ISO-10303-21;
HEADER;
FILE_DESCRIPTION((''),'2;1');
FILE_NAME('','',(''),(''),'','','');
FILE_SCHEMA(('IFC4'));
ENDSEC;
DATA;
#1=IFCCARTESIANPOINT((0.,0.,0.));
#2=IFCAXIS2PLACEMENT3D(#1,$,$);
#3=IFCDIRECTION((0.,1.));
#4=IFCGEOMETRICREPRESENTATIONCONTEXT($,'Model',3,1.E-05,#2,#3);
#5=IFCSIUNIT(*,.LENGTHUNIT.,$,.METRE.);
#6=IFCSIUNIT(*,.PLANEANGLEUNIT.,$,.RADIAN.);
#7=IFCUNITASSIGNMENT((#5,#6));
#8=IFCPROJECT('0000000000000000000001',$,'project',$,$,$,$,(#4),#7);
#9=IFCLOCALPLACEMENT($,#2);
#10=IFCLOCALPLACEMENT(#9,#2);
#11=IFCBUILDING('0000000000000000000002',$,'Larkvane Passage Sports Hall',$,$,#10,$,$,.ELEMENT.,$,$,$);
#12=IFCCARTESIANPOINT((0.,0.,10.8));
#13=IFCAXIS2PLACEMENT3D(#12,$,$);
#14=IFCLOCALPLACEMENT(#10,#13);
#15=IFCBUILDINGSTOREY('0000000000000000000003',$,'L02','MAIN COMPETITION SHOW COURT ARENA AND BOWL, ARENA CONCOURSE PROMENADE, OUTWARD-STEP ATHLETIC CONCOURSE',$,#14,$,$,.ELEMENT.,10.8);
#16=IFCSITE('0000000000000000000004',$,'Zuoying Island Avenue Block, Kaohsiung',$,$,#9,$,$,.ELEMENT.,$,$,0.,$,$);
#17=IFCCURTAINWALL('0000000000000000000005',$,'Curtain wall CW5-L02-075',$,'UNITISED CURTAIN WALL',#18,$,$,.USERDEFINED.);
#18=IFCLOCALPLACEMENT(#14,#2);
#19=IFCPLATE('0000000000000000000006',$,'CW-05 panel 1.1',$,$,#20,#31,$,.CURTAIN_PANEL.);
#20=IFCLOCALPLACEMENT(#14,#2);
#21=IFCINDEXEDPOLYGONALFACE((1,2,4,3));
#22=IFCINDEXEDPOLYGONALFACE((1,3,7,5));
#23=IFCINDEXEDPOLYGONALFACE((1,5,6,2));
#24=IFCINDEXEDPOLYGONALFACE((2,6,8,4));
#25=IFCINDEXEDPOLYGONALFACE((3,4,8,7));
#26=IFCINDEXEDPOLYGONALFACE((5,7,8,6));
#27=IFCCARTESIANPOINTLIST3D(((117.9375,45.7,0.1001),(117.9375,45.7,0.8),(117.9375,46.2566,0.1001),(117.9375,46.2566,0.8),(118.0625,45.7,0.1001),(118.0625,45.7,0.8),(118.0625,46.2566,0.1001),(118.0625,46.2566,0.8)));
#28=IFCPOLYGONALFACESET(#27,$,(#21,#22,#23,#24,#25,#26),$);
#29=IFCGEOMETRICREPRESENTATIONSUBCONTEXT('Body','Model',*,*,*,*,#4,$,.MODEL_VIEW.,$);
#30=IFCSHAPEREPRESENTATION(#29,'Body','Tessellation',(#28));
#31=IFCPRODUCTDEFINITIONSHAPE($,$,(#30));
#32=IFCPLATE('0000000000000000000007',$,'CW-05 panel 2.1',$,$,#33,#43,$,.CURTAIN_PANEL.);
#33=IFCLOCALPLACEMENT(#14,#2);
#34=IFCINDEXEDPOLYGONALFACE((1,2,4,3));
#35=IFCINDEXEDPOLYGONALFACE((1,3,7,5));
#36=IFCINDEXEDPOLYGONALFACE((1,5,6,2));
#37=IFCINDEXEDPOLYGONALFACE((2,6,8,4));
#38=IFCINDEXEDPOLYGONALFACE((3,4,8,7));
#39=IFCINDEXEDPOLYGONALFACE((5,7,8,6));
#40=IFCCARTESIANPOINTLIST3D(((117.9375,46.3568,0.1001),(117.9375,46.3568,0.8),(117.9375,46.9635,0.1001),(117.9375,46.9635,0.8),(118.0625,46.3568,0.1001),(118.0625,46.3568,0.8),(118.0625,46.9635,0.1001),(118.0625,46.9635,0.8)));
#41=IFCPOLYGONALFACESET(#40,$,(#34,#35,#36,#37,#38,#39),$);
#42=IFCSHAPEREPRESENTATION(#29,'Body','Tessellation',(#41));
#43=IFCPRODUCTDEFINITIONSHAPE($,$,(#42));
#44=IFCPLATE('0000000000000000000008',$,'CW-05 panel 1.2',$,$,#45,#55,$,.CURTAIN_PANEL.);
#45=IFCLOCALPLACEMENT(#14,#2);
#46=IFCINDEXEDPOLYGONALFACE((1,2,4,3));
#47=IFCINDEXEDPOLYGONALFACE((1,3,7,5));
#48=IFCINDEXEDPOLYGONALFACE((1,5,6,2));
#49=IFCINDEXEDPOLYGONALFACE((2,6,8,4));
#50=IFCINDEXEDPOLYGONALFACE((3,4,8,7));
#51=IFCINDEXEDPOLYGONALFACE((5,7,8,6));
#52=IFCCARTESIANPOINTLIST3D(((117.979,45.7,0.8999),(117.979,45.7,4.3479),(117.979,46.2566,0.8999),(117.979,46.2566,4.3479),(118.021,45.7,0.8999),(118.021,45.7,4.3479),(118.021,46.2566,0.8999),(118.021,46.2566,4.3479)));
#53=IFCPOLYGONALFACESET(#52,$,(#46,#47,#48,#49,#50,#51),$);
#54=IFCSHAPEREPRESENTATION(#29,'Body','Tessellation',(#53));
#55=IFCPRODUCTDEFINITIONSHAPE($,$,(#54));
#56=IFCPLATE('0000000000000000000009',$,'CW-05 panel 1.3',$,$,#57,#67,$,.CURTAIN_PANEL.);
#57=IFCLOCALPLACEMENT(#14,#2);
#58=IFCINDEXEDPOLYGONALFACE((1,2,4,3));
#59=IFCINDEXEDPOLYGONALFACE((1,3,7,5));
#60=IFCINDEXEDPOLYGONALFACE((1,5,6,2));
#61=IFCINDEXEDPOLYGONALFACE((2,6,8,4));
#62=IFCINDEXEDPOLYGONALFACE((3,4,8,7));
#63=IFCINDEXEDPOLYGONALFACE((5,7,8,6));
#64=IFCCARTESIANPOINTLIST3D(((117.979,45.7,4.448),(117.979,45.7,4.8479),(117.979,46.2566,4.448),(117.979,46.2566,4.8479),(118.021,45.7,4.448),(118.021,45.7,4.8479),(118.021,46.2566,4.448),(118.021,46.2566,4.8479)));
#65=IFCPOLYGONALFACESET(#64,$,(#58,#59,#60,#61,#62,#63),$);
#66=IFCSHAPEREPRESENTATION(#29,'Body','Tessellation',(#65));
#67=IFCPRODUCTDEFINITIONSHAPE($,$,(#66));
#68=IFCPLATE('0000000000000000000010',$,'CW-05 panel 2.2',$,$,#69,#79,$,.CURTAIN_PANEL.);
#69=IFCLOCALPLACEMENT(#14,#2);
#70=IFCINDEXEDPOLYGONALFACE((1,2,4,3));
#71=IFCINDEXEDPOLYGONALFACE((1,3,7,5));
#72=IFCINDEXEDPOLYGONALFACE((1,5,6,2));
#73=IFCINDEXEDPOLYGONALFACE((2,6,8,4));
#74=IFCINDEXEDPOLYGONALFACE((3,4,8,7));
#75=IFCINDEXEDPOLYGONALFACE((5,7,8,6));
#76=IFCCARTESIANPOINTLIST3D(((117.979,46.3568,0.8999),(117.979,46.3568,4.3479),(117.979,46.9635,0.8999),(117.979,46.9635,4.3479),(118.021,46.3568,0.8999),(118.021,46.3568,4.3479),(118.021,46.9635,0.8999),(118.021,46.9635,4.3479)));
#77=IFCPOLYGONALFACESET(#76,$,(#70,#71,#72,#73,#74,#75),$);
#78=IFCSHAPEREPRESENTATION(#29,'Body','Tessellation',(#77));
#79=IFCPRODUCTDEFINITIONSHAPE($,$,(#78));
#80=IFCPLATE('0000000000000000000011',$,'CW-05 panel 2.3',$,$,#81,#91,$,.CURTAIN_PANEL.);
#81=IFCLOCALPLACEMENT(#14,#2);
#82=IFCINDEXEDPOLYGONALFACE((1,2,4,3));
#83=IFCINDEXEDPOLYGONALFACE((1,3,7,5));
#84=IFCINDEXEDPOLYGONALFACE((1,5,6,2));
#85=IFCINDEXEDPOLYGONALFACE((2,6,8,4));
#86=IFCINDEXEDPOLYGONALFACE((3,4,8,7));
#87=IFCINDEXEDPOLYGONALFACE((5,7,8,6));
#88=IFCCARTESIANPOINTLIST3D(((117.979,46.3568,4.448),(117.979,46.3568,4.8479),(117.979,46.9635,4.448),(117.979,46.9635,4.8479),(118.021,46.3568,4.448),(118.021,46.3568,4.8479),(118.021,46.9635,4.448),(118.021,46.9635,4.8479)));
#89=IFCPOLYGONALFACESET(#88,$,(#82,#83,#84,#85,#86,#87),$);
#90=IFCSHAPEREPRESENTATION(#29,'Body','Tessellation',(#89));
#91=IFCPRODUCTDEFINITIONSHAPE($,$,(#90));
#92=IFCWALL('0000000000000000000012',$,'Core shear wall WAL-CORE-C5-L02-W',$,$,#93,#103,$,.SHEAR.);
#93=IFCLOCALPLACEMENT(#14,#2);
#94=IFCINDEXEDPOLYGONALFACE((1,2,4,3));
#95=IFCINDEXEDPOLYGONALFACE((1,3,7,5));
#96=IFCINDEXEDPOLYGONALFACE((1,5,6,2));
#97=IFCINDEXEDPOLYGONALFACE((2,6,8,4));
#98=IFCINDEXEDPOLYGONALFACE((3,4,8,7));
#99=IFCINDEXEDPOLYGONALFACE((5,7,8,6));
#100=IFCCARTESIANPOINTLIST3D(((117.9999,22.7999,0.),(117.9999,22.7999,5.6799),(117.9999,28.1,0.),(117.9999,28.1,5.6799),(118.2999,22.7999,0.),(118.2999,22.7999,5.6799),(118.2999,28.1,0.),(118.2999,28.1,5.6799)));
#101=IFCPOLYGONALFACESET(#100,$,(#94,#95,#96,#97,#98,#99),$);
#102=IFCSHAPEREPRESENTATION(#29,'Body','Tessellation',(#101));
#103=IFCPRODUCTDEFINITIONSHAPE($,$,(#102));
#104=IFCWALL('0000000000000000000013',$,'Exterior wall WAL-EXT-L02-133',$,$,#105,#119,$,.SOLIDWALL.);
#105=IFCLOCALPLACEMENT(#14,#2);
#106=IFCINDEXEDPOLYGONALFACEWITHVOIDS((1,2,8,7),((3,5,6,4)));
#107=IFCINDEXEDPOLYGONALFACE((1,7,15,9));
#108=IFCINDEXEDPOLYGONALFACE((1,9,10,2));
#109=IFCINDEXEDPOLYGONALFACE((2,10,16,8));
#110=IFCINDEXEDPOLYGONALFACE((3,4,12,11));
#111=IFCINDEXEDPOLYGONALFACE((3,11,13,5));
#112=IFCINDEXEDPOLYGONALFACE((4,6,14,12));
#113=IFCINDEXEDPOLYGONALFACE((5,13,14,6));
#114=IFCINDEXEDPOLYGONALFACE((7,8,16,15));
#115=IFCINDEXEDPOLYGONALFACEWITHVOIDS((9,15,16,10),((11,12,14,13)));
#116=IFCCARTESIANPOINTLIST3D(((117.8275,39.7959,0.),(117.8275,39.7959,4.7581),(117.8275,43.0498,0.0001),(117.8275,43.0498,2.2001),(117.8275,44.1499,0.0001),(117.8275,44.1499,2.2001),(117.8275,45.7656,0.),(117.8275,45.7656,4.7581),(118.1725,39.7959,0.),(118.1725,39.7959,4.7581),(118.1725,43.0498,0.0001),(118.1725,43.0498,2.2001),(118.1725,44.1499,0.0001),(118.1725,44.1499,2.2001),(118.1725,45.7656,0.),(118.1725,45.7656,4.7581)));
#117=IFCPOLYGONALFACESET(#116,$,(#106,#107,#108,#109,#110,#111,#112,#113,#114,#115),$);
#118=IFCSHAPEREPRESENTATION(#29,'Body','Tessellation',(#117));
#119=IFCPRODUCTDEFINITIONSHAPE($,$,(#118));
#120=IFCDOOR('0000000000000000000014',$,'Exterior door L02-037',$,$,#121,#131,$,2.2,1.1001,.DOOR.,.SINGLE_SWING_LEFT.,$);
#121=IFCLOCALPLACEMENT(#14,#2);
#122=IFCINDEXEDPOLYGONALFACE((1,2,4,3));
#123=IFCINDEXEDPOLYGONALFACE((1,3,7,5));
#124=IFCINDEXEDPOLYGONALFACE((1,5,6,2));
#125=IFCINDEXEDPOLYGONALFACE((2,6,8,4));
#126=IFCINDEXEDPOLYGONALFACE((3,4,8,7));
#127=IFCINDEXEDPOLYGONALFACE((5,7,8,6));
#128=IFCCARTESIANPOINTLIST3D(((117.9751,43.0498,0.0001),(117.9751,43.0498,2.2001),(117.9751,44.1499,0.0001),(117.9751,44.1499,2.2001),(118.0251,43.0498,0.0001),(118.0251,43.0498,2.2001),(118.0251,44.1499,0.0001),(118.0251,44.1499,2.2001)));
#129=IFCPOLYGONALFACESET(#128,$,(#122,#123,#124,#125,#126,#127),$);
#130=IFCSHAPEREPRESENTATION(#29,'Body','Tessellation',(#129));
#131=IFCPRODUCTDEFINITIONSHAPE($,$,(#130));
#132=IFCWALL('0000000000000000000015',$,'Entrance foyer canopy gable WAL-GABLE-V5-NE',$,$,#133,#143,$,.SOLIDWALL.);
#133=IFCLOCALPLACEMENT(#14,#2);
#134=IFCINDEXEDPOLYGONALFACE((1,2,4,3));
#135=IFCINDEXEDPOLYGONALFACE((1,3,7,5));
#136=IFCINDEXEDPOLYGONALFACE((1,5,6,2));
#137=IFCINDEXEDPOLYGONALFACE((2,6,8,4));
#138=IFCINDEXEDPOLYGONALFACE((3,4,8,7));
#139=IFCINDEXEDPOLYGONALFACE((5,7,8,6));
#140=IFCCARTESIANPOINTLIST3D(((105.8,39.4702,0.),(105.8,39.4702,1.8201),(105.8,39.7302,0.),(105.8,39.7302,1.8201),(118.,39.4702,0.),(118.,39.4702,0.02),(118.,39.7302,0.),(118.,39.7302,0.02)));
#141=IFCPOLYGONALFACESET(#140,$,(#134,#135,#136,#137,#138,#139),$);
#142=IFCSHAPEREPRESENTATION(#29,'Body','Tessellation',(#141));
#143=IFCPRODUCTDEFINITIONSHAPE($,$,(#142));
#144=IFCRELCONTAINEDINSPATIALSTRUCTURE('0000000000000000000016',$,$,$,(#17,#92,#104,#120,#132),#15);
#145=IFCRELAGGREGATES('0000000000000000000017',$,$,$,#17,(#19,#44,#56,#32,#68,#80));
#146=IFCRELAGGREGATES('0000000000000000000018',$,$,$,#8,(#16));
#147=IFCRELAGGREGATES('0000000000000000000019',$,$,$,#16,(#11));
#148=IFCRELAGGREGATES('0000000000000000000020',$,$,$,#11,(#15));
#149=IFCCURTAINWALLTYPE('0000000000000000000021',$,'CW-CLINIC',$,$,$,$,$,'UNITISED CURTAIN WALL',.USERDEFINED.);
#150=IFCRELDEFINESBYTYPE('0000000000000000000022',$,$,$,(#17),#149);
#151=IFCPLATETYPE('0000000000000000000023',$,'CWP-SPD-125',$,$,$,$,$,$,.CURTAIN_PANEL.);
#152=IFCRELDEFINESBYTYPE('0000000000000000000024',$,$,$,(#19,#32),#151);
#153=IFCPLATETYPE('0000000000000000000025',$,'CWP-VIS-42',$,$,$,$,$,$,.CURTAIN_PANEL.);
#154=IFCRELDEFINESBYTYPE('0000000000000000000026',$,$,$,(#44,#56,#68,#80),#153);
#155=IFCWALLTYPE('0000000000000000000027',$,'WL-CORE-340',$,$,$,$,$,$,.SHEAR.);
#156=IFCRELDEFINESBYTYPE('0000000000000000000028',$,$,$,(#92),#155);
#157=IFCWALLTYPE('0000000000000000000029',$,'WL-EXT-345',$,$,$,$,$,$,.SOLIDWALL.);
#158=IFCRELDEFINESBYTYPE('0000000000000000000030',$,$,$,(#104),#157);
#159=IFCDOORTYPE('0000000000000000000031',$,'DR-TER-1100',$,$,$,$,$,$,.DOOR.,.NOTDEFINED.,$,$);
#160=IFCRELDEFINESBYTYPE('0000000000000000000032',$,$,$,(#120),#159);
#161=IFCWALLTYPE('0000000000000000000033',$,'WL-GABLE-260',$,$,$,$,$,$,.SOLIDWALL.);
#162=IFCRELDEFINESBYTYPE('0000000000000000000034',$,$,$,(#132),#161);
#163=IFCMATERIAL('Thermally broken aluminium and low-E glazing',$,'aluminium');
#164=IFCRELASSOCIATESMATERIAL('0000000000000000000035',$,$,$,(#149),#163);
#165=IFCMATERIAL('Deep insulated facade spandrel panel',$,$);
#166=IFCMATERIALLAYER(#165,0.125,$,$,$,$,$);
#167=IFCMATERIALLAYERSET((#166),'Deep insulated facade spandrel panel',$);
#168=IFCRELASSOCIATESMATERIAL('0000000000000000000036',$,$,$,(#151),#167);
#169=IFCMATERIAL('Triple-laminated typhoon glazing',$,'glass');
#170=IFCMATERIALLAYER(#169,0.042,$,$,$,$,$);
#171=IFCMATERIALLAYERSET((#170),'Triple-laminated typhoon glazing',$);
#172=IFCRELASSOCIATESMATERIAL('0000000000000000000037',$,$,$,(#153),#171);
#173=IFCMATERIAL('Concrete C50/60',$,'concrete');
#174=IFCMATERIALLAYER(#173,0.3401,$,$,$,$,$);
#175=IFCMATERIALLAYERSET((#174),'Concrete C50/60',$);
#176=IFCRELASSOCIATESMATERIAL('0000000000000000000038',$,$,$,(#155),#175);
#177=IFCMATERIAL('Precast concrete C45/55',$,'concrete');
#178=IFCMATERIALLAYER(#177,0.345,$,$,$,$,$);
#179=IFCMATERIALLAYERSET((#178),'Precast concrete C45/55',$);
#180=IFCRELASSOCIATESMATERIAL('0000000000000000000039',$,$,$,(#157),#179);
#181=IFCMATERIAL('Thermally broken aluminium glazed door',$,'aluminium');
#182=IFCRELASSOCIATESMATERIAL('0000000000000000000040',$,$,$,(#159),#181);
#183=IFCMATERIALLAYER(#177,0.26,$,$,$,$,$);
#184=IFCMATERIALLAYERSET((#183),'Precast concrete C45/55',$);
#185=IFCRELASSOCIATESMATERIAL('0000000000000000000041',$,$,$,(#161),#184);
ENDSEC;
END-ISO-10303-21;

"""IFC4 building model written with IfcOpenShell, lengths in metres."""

from ifc_helpers import new_model, si_unit, direction, frame, frame_2d, origin, origin_2d, place, context, subcontext, project, spatial, polyline, rectangle, outline, extrude, material, layer, layer_set, type_object, element, fill, aggregate, save


model = new_model("IFC4")

# Units and contexts
model_context = context("Model", 3, precision=1e-05, world=origin(), true_north=direction((0.0, 1.0)))
body_context = subcontext(model_context, "Body", "Model", "MODEL_VIEW")
ifc_project = project(units=[si_unit("LENGTHUNIT", "METRE"), si_unit("PLANEANGLEUNIT", "RADIAN")], contexts=[model_context])

# Site, building, storey
site_placement = place(None, origin())
site = spatial("IfcSite", under=ifc_project, at=site_placement, Name="Zuoying Island Avenue Block, Kaohsiung", CompositionType="ELEMENT", RefElevation=0.0)
building_placement = place(site_placement, origin())
building = spatial("IfcBuilding", under=site, at=building_placement, Name="Larkvane Passage Sports Hall", CompositionType="ELEMENT")
storey_placement = place(building_placement, frame((0.0, 0.0, 10.8)))
storey = spatial("IfcBuildingStorey", under=building, at=storey_placement, Name="L02", Description="MAIN COMPETITION SHOW COURT ARENA AND BOWL, ARENA CONCOURSE PROMENADE, OUTWARD-STEP ATHLETIC CONCOURSE", CompositionType="ELEMENT", Elevation=10.8)

# Curtain wall
ifc_material_1 = material(Name="Thermally broken aluminium and low-E glazing", Category="aluminium")
curtain_wall_type_1 = type_object("IfcCurtainWallType", Name="CW-CLINIC", ElementType="UNITISED CURTAIN WALL", PredefinedType="USERDEFINED", material=ifc_material_1)
curtain_wall_1_placement = place(storey_placement, origin())
curtain_wall_1 = element("IfcCurtainWall", 1, at=curtain_wall_1_placement, inside=storey, type_object=curtain_wall_type_1, Name="Curtain wall CW5-L02-075", ObjectType="UNITISED CURTAIN WALL", PredefinedType="USERDEFINED")

# Plates
ifc_material_2 = material(Name="Deep insulated facade spandrel panel")
ifc_layer_1 = layer(ifc_material_2, 0.125)
ifc_layer_set_1 = layer_set([ifc_layer_1], Name="Deep insulated facade spandrel panel")
plate_type_1 = type_object("IfcPlateType", Name="CWP-SPD-125", PredefinedType="CURTAIN_PANEL", material=ifc_layer_set_1)
plate_1_placement = place(storey_placement, frame((118.0, 45.9783, 0.1001), z_axis=(0.0, 0.0, 1.0), x_axis=(0.0, 1.0, 0.0)))
plate_1 = element("IfcPlate", 2, at=plate_1_placement, type_object=plate_type_1, Name="CW-05 panel 1.1", PredefinedType="CURTAIN_PANEL", context=body_context, shape_type="SweptSolid", body=[
    extrude(rectangle(XDim=0.5566, YDim=0.125, at=origin_2d()), origin(), (0.0, 0.0, 1.0), 0.7),
])
plate_2_placement = place(storey_placement, frame((118.0, 46.6602, 0.1001), z_axis=(0.0, 0.0, 1.0), x_axis=(0.0, 1.0, 0.0)))
plate_2 = element("IfcPlate", 3, at=plate_2_placement, type_object=plate_type_1, Name="CW-05 panel 2.1", PredefinedType="CURTAIN_PANEL", context=body_context, shape_type="SweptSolid", body=[
    extrude(rectangle(XDim=0.6067, YDim=0.125, at=origin_2d()), origin(), (0.0, 0.0, 1.0), 0.7),
])
ifc_material_3 = material(Name="Triple-laminated typhoon glazing", Category="glass")
ifc_layer_2 = layer(ifc_material_3, 0.042)
ifc_layer_set_2 = layer_set([ifc_layer_2], Name="Triple-laminated typhoon glazing")
plate_type_2 = type_object("IfcPlateType", Name="CWP-VIS-42", PredefinedType="CURTAIN_PANEL", material=ifc_layer_set_2)
plate_3_placement = place(storey_placement, frame((118.0, 45.9783, 0.8999), z_axis=(0.0, 0.0, 1.0), x_axis=(0.0, 1.0, 0.0)))
plate_3 = element("IfcPlate", 4, at=plate_3_placement, type_object=plate_type_2, Name="CW-05 panel 1.2", PredefinedType="CURTAIN_PANEL", context=body_context, shape_type="SweptSolid", body=[
    extrude(rectangle(XDim=0.5566, YDim=0.042, at=origin_2d()), origin(), (0.0, 0.0, 1.0), 3.448),
])
plate_4_placement = place(storey_placement, frame((118.0, 45.9783, 4.448), z_axis=(0.0, 0.0, 1.0), x_axis=(0.0, 1.0, 0.0)))
plate_4 = element("IfcPlate", 5, at=plate_4_placement, type_object=plate_type_2, Name="CW-05 panel 1.3", PredefinedType="CURTAIN_PANEL", context=body_context, shape_type="SweptSolid", body=[
    extrude(rectangle(XDim=0.5566, YDim=0.042, at=origin_2d()), origin(), (0.0, 0.0, 1.0), 0.3999),
])
plate_5_placement = place(storey_placement, frame((118.0, 46.6602, 0.8999), z_axis=(0.0, 0.0, 1.0), x_axis=(0.0, 1.0, 0.0)))
plate_5 = element("IfcPlate", 6, at=plate_5_placement, type_object=plate_type_2, Name="CW-05 panel 2.2", PredefinedType="CURTAIN_PANEL", context=body_context, shape_type="SweptSolid", body=[
    extrude(rectangle(XDim=0.6067, YDim=0.042, at=origin_2d()), origin(), (0.0, 0.0, 1.0), 3.448),
])
plate_6_placement = place(storey_placement, frame((118.0, 46.6602, 4.448), z_axis=(0.0, 0.0, 1.0), x_axis=(0.0, 1.0, 0.0)))
plate_6 = element("IfcPlate", 7, at=plate_6_placement, type_object=plate_type_2, Name="CW-05 panel 2.3", PredefinedType="CURTAIN_PANEL", context=body_context, shape_type="SweptSolid", body=[
    extrude(rectangle(XDim=0.6067, YDim=0.042, at=origin_2d()), origin(), (0.0, 0.0, 1.0), 0.3999),
])
aggregate(curtain_wall_1, [plate_1, plate_3, plate_4, plate_2, plate_5, plate_6])

# Wall
ifc_material_4 = material(Name="Concrete C50/60", Category="concrete")
ifc_layer_3 = layer(ifc_material_4, 0.3401)
ifc_layer_set_3 = layer_set([ifc_layer_3], Name="Concrete C50/60")
wall_type_1 = type_object("IfcWallType", Name="WL-CORE-340", PredefinedType="SHEAR", material=ifc_layer_set_3)
wall_1_placement = place(storey_placement, frame((118.1499, 22.8, 0.0), z_axis=(0.0, 0.0, 1.0), x_axis=(0.0, 1.0, 0.0)))
element("IfcWall", 8, at=wall_1_placement, inside=storey, type_object=wall_type_1, Name="Core shear wall WAL-CORE-C5-L02-W", PredefinedType="SHEAR", context=body_context, shape_type="SweptSolid", body=[
    extrude(rectangle(XDim=5.3, YDim=0.3, at=frame_2d((2.6499, 0.0))), origin(), (0.0, 0.0, 1.0), 5.6799),
])

# Wall, opening, door
ifc_material_5 = material(Name="Precast concrete C45/55", Category="concrete")
ifc_layer_4 = layer(ifc_material_5, 0.345)
ifc_layer_set_4 = layer_set([ifc_layer_4], Name="Precast concrete C45/55")
wall_type_2 = type_object("IfcWallType", Name="WL-EXT-345", PredefinedType="SOLIDWALL", material=ifc_layer_set_4)
wall_2_placement = place(storey_placement, frame((118.0, 39.7959, 0.0), z_axis=(0.0, 0.0, 1.0), x_axis=(0.0, 1.0, 0.0)))
wall_2 = element("IfcWall", 9, at=wall_2_placement, inside=storey, type_object=wall_type_2, Name="Exterior wall WAL-EXT-L02-133", PredefinedType="SOLIDWALL", context=body_context, shape_type="SweptSolid", body=[
    extrude(rectangle(XDim=5.9697, YDim=0.345, at=frame_2d((2.9849, 0.0))), origin(), (0.0, 0.0, 1.0), 4.7581),
])
opening_placement = place(wall_2_placement, frame((3.2539, 0.0, 0.0)))
opening = element("IfcOpeningElement", 10, at=opening_placement, cuts=wall_2, PredefinedType="OPENING", context=body_context, shape_type="SweptSolid", body=[
    extrude(rectangle(XDim=1.1001, YDim=2.2, at=frame_2d((0.55, 1.1001))), frame((0.0, 0.1824, 0.0), z_axis=(0.0, -1.0, 0.0), x_axis=(1.0, 0.0, 0.0)), (0.0, 0.0, 1.0), 0.365),
])
ifc_material_6 = material(Name="Thermally broken aluminium glazed door", Category="aluminium")
door_type = type_object("IfcDoorType", Name="DR-TER-1100", OperationType="NOTDEFINED", PredefinedType="DOOR", material=ifc_material_6)
door_placement = place(opening_placement, origin())
door = element("IfcDoor", 11, at=door_placement, inside=storey, type_object=door_type, Name="Exterior door L02-037", OperationType="SINGLE_SWING_LEFT", OverallHeight=2.2, OverallWidth=1.1001, PredefinedType="DOOR", context=body_context, shape_type="SweptSolid", body=[
    extrude(rectangle(XDim=1.1001, YDim=2.2, at=frame_2d((0.55, 1.1001))), frame((0.0, 0.0249, 0.0), z_axis=(0.0, -1.0, 0.0), x_axis=(1.0, 0.0, 0.0)), (0.0, 0.0, 1.0), 0.05),
])
fill(opening, door)

# Wall
ifc_layer_5 = layer(ifc_material_5, 0.26)
ifc_layer_set_5 = layer_set([ifc_layer_5], Name="Precast concrete C45/55")
wall_type_3 = type_object("IfcWallType", Name="WL-GABLE-260", PredefinedType="SOLIDWALL", material=ifc_layer_set_5)
wall_3_placement = place(storey_placement, frame((118.0, 39.6001, 0.0), z_axis=(0.0, 0.0, 1.0), x_axis=(-1.0, 0.0, 0.0)))
element("IfcWall", 12, at=wall_3_placement, inside=storey, type_object=wall_type_3, Name="Entrance foyer canopy gable WAL-GABLE-V5-NE", PredefinedType="SOLIDWALL", context=body_context, shape_type="SweptSolid", body=[
    extrude(outline(polyline([(0.0, 0.0), (12.2, 0.0), (12.2, 1.8201), (0.0, 0.02), (0.0, 0.0)])), frame((0.0, 0.1299, 0.0), z_axis=(0.0, -1.0, 0.0), x_axis=(1.0, 0.0, 0.0)), (0.0, 0.0, 1.0), 0.26),
])

save(model, "model.ifc")
